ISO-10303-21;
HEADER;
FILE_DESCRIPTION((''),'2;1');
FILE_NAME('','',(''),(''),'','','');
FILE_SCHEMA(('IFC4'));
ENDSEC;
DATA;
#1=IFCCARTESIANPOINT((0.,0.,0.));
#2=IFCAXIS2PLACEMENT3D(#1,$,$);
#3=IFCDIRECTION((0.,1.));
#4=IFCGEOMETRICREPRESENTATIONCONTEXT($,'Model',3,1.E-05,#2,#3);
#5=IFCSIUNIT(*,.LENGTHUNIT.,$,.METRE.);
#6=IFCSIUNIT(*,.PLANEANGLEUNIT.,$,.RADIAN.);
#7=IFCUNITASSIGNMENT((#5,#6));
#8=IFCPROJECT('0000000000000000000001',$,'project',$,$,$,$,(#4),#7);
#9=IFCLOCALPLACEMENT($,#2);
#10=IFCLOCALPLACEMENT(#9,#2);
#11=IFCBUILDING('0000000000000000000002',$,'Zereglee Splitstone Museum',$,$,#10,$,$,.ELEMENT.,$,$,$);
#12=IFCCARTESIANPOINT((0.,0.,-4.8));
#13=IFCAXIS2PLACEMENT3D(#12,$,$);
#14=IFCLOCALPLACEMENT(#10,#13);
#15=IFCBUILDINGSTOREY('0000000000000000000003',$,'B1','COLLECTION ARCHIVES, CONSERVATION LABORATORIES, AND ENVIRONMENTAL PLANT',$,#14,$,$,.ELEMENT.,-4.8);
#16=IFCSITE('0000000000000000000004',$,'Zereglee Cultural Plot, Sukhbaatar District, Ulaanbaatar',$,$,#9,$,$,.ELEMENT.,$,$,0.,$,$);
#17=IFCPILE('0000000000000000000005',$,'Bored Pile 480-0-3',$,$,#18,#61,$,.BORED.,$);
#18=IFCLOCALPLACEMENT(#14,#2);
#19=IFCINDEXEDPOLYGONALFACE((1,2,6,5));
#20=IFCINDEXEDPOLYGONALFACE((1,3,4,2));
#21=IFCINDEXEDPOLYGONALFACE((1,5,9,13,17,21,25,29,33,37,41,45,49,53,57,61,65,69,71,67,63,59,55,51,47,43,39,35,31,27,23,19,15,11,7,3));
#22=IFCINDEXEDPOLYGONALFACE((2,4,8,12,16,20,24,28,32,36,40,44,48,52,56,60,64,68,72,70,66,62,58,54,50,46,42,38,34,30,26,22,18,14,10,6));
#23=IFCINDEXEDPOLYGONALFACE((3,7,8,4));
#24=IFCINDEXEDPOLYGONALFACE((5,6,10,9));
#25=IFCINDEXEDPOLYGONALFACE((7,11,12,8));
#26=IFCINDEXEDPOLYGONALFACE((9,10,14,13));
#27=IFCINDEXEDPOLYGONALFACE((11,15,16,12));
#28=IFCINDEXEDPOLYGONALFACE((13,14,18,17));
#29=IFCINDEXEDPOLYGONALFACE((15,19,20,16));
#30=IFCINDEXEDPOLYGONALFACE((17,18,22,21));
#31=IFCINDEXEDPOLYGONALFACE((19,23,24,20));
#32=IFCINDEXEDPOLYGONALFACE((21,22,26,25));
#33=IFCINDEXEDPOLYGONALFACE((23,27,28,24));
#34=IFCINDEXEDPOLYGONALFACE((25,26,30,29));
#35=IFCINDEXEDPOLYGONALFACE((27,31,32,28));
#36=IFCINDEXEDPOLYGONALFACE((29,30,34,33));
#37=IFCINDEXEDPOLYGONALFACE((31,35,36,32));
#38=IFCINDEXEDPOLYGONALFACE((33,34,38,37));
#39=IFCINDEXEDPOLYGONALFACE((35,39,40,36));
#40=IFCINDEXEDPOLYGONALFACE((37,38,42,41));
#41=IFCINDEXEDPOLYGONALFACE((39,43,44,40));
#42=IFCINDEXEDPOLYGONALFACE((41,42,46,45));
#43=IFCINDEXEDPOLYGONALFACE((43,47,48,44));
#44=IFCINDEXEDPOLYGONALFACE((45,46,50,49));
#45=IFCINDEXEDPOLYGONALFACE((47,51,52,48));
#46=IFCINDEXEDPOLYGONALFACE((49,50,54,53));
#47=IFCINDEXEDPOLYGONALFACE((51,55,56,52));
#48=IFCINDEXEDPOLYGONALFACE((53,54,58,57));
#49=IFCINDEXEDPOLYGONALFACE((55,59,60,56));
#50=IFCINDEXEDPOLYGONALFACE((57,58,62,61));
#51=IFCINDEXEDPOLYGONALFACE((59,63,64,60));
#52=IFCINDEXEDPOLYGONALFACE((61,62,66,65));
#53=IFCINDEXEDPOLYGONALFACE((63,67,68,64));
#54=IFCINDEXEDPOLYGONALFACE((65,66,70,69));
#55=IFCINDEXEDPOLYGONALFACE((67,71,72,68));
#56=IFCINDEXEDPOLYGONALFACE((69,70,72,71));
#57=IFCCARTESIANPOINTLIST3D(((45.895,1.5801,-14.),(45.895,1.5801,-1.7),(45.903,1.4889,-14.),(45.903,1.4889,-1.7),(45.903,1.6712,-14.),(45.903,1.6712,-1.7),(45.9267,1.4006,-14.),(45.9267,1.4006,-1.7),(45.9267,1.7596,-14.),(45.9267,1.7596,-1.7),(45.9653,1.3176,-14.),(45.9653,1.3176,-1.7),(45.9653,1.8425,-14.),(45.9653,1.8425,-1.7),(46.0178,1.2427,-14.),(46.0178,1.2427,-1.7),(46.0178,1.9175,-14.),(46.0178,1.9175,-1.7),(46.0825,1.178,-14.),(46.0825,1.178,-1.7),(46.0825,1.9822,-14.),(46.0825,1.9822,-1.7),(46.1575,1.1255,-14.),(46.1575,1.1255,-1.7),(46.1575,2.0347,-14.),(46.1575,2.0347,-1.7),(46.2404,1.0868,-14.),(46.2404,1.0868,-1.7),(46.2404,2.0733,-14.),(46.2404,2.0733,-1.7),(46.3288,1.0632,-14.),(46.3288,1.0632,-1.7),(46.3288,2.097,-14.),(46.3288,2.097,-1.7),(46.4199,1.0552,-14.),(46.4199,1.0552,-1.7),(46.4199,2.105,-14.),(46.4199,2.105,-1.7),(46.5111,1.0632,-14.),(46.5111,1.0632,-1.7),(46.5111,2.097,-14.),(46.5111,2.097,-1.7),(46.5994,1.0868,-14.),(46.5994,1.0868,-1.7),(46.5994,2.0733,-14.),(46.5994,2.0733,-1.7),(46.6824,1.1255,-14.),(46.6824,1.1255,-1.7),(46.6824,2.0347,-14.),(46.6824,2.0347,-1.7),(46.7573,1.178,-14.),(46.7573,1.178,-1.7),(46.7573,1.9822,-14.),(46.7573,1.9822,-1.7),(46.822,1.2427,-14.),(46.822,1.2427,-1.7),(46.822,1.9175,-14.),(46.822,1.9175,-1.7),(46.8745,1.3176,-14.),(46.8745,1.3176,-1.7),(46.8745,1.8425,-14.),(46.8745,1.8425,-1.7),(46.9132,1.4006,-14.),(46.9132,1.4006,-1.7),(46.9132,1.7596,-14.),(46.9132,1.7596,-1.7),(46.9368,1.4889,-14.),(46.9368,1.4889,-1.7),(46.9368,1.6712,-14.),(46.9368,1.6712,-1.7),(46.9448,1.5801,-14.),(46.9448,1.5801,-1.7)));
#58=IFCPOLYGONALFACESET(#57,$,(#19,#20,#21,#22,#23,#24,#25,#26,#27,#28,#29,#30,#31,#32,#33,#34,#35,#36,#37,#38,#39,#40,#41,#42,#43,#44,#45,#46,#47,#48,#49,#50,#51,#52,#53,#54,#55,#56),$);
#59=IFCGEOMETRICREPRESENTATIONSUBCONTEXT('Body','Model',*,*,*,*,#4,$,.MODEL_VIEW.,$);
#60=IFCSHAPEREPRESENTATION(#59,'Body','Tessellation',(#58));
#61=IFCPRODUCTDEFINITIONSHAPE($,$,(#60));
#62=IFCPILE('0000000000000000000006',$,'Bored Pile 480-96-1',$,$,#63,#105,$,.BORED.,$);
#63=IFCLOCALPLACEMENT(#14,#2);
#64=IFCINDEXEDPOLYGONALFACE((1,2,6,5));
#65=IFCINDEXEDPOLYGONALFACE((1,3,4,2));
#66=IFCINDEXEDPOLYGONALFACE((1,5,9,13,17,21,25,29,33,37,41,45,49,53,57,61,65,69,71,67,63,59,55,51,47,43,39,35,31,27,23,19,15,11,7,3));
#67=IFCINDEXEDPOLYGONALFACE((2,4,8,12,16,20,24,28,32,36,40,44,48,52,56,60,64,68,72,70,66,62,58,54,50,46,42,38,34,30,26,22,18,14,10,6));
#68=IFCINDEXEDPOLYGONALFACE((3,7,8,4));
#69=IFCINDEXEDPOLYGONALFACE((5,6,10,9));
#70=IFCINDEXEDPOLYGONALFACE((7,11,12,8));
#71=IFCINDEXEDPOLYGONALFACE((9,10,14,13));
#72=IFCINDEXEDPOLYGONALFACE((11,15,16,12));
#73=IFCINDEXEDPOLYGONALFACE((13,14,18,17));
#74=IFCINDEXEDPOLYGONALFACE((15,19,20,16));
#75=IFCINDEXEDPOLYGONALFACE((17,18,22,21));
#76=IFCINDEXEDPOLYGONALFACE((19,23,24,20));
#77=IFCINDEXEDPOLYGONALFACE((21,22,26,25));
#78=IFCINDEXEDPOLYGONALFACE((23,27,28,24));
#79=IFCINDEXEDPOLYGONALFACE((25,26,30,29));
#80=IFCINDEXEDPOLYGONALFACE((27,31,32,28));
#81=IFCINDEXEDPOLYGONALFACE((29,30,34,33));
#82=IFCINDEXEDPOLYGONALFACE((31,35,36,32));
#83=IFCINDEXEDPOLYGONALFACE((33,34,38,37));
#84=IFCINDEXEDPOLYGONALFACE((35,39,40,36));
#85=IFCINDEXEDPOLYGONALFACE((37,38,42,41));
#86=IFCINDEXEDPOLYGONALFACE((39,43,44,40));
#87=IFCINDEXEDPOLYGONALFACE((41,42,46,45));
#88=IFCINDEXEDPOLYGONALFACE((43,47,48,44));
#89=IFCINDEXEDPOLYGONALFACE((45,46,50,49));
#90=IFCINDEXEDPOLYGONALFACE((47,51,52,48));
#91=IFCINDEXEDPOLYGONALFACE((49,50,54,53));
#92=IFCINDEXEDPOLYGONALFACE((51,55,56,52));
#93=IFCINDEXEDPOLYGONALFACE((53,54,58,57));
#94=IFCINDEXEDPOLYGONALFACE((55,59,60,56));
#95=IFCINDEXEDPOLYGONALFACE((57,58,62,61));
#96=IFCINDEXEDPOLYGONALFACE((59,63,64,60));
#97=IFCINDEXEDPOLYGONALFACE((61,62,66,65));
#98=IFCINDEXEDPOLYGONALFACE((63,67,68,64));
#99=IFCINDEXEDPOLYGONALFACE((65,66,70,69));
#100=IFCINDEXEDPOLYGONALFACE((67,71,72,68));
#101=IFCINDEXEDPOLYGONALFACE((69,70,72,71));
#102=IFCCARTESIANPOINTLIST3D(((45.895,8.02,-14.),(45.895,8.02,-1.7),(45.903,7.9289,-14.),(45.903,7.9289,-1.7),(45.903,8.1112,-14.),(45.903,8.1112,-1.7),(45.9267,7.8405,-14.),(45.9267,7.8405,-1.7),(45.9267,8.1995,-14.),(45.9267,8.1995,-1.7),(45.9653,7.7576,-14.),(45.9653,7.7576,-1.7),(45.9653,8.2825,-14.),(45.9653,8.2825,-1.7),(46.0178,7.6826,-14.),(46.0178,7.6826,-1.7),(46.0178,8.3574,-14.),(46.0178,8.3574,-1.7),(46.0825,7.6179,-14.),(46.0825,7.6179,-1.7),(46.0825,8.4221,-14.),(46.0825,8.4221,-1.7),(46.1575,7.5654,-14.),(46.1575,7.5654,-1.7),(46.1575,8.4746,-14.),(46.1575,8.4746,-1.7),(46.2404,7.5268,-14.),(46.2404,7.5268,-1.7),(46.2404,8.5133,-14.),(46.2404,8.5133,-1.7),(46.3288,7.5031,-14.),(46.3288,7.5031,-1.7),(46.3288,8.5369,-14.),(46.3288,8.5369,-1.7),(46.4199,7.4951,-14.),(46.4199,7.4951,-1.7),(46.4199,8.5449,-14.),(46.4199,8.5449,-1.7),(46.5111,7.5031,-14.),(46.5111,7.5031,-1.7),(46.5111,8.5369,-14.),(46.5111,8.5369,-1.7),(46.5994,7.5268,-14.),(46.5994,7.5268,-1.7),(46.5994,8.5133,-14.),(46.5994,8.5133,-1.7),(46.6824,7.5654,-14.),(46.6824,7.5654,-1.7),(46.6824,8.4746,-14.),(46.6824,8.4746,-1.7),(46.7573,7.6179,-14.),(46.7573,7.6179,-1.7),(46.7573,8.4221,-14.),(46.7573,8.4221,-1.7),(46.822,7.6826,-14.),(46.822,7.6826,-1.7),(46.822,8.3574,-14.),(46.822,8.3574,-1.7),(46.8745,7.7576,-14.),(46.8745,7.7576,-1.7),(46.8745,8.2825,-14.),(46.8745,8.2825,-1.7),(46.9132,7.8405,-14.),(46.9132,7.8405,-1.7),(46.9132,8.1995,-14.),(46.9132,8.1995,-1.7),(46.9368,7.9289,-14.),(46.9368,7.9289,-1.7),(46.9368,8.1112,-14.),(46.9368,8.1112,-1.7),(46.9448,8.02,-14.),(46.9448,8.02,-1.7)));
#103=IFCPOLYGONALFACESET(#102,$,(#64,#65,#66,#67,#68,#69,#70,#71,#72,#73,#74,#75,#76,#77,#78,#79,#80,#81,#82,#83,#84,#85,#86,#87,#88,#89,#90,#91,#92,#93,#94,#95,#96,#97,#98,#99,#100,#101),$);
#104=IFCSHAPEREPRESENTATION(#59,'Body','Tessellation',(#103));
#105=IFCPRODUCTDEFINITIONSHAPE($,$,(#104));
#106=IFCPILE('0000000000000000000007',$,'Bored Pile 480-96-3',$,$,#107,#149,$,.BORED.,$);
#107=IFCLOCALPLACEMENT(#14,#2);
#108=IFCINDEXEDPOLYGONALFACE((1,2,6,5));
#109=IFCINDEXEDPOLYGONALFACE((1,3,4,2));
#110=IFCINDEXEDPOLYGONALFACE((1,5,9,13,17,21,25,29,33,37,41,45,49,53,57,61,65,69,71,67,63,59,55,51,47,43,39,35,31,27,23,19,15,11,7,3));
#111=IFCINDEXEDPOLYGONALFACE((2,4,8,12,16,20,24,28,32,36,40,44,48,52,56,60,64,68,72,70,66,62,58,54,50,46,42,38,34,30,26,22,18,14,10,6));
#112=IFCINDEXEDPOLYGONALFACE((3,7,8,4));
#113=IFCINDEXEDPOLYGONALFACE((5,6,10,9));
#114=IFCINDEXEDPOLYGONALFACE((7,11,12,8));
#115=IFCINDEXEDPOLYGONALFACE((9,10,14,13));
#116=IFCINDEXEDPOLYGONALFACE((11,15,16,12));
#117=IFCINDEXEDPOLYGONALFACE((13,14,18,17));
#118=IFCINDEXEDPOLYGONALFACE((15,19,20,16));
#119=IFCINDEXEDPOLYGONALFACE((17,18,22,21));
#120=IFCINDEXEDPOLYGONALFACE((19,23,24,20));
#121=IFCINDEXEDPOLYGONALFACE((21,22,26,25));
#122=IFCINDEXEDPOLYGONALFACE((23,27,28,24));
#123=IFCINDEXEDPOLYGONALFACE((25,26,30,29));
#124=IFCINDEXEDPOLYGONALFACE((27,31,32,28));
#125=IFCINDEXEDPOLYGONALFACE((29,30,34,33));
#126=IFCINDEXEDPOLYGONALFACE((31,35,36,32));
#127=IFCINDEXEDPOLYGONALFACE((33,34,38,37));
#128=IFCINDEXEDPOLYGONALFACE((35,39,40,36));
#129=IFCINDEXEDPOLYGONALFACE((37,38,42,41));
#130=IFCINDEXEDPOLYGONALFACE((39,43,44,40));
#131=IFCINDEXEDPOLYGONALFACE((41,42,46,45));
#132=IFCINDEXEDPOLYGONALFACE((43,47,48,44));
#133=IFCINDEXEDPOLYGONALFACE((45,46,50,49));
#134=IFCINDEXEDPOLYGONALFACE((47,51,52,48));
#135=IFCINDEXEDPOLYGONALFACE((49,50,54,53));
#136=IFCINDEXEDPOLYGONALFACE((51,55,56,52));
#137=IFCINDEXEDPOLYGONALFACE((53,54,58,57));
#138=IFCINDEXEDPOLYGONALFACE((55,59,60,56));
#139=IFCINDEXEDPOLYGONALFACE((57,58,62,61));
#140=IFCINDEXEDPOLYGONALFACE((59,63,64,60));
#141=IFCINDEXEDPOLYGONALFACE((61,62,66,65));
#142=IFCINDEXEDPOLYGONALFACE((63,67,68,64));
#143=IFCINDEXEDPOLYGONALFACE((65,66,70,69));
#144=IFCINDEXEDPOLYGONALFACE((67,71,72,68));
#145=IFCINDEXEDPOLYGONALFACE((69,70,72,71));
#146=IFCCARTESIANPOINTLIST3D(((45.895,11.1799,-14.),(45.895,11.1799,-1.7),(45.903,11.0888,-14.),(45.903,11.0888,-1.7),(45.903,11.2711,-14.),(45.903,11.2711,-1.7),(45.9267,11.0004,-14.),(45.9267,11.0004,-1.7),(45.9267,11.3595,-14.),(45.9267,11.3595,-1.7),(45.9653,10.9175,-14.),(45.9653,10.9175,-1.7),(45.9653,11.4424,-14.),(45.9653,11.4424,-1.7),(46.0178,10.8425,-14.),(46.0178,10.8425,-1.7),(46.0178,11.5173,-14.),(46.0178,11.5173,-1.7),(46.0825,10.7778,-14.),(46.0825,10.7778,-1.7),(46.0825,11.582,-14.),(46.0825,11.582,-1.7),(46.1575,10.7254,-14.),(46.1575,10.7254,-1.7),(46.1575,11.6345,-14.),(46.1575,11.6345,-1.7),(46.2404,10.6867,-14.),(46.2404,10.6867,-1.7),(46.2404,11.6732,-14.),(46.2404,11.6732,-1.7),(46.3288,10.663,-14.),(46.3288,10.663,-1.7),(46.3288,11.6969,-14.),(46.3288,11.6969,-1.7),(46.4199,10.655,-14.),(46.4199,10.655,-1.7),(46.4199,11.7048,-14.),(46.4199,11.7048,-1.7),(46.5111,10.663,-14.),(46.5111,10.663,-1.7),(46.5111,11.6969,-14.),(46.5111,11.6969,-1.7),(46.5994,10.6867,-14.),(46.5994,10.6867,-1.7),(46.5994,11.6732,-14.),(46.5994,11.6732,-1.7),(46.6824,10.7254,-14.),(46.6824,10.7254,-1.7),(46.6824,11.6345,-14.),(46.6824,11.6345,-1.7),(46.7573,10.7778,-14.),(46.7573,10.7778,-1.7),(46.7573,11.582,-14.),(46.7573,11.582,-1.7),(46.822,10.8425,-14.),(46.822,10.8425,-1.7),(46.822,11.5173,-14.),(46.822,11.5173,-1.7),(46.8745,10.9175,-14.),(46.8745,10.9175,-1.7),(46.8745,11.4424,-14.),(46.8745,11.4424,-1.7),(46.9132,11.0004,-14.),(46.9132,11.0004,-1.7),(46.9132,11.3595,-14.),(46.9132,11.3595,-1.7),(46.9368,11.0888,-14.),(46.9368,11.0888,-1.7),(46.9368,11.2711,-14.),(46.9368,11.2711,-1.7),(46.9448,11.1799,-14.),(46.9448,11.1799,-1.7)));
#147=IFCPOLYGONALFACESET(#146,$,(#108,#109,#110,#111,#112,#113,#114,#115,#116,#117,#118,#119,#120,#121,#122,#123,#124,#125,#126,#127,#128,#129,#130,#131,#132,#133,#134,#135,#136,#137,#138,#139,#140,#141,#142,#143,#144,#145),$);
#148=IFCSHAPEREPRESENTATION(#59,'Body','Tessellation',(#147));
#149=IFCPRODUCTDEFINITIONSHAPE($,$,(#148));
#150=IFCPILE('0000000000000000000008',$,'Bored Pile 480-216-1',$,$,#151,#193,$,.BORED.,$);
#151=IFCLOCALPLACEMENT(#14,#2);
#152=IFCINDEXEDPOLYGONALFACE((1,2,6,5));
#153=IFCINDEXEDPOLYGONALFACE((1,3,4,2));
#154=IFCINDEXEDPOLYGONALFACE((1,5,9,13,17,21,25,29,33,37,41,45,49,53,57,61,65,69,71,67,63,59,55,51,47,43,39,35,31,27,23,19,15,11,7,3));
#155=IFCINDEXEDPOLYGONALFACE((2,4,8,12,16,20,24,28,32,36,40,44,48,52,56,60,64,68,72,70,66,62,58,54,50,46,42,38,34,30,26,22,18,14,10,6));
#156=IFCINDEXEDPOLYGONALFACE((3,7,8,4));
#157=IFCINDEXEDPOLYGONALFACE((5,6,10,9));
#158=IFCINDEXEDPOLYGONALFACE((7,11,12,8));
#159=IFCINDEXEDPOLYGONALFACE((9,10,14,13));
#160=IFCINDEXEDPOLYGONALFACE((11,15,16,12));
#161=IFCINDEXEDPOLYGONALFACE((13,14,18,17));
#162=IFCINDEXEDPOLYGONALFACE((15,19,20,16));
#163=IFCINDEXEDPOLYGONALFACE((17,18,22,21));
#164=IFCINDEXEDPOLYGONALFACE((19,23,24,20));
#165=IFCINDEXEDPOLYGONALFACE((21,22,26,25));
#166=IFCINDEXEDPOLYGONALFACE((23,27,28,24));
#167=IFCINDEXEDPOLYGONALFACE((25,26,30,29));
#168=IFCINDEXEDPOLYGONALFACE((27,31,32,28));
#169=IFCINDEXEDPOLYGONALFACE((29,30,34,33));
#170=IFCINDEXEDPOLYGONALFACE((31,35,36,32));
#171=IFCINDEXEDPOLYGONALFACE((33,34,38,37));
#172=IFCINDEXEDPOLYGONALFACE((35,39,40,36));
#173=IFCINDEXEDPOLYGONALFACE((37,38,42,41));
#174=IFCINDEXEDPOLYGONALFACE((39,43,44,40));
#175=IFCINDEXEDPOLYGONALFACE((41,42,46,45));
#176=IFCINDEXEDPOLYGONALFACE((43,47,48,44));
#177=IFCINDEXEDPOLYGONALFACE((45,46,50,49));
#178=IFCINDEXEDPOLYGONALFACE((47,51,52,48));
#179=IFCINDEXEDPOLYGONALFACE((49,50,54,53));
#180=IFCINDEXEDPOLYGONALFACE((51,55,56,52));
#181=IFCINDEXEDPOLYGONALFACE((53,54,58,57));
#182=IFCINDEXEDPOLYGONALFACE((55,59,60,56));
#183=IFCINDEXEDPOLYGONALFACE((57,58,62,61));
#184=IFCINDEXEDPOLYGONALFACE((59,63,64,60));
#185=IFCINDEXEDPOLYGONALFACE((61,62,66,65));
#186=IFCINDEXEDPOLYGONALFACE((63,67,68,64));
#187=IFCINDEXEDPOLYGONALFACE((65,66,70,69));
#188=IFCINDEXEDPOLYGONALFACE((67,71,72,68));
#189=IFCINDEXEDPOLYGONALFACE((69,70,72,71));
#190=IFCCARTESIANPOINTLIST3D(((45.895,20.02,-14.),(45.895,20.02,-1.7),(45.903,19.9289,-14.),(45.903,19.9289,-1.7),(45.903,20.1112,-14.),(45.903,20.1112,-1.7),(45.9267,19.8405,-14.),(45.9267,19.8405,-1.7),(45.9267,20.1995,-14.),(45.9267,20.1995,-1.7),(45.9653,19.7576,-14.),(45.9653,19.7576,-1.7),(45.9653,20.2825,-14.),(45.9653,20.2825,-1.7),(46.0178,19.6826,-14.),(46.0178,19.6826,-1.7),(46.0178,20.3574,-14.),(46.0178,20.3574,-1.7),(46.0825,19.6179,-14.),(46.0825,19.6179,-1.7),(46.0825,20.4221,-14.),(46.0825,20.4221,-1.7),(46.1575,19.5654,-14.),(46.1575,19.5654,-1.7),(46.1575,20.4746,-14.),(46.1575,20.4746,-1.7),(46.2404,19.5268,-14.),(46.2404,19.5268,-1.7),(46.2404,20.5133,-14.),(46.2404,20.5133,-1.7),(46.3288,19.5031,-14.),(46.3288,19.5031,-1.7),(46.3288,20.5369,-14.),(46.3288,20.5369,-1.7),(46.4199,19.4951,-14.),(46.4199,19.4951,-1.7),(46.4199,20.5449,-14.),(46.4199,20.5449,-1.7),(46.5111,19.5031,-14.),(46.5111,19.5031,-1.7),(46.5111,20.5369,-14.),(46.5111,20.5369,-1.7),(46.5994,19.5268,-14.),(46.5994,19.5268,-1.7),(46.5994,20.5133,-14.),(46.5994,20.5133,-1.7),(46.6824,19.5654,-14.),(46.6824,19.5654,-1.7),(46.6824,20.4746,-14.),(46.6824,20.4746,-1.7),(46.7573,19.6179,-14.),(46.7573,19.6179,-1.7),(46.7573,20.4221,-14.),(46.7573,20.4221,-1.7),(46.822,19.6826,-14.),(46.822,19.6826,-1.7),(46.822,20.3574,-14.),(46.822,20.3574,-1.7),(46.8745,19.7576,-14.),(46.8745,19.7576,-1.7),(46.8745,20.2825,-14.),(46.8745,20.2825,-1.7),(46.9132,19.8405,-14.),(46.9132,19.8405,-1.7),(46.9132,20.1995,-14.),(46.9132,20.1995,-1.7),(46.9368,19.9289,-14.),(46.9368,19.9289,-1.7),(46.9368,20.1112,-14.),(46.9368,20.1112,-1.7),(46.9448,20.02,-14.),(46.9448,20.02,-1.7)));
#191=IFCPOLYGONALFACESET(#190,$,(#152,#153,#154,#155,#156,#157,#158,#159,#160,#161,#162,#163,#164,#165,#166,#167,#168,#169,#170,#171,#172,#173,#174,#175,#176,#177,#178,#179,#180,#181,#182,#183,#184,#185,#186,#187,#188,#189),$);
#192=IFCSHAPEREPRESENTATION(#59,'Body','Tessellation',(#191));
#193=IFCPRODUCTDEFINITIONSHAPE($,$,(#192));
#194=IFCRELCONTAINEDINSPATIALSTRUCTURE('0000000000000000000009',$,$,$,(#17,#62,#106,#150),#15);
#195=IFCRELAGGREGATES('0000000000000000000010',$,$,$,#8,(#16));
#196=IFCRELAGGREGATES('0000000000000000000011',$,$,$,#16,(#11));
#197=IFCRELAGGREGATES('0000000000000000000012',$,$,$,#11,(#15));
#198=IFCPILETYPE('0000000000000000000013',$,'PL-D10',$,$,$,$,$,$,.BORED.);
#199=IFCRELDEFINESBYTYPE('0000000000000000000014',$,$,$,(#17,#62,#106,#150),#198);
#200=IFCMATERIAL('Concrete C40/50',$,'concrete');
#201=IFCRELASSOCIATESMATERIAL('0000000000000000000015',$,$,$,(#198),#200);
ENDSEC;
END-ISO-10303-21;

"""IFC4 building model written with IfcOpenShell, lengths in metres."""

from ifc_helpers import new_model, si_unit, direction, frame, origin, origin_2d, place, context, subcontext, project, spatial, circle, extrude, material, material_profile, profile_set, type_object, element, save


model = new_model("IFC4")

# Units and contexts
model_context = context("Model", 3, precision=1e-05, world=origin(), true_north=direction((0.0, 1.0)))
body_context = subcontext(model_context, "Body", "Model", "MODEL_VIEW")
ifc_project = project(units=[si_unit("LENGTHUNIT", "METRE"), si_unit("PLANEANGLEUNIT", "RADIAN")], contexts=[model_context])

# Site, building, storey
site_placement = place(None, origin())
site = spatial("IfcSite", under=ifc_project, at=site_placement, Name="Zereglee Cultural Plot, Sukhbaatar District, Ulaanbaatar", CompositionType="ELEMENT", RefElevation=0.0)
building_placement = place(site_placement, origin())
building = spatial("IfcBuilding", under=site, at=building_placement, Name="Zereglee Splitstone Museum", CompositionType="ELEMENT")
storey_placement = place(building_placement, frame((0.0, 0.0, -4.8)))
storey = spatial("IfcBuildingStorey", under=building, at=storey_placement, Name="B1", Description="COLLECTION ARCHIVES, CONSERVATION LABORATORIES, AND ENVIRONMENTAL PLANT", CompositionType="ELEMENT", Elevation=-4.8)

# Shared definitions
ifc_material_1 = material(Name="Concrete C40/50", Category="concrete")

# Piles
ifc_material_profile_1 = material_profile(ifc_material_1, circle(Radius=0.5249, at=origin_2d()), Name="PILE D1050")
ifc_profile_set_1 = profile_set([ifc_material_profile_1], Name="Concrete C40/50")
pile_type = type_object("IfcPileType", Name="PL-D10", PredefinedType="BORED", material=ifc_profile_set_1)
for number, where, z_axis, x_axis, name in (
    (1, (46.4199, 1.5801, -1.7), (0.0, 0.0, -1.0), (1.0, 0.0, 0.0), "Bored Pile 480-0-3"),
    (2, (46.4199, 8.02, -1.7), (0.0, 0.0, -1.0), (1.0, 0.0, 0.0), "Bored Pile 480-96-1"),
    (3, (46.4199, 11.1799, -1.7), (0.0, 0.0, -1.0), (1.0, 0.0, 0.0), "Bored Pile 480-96-3"),
    (4, (46.4199, 20.02, -1.7), (0.0, 0.0, -1.0), (1.0, 0.0, 0.0), "Bored Pile 480-216-1"),
):
    element("IfcPile", number, at=place(storey_placement, frame(where, z_axis=z_axis, x_axis=x_axis)), inside=storey, type_object=pile_type, Name=name, PredefinedType="BORED", context=body_context, shape_type="SweptSolid", body=[
        extrude(circle(Radius=0.5249, at=origin_2d()), origin(), (0.0, 0.0, 1.0), 12.3),
    ])

save(model, "model.ifc")
